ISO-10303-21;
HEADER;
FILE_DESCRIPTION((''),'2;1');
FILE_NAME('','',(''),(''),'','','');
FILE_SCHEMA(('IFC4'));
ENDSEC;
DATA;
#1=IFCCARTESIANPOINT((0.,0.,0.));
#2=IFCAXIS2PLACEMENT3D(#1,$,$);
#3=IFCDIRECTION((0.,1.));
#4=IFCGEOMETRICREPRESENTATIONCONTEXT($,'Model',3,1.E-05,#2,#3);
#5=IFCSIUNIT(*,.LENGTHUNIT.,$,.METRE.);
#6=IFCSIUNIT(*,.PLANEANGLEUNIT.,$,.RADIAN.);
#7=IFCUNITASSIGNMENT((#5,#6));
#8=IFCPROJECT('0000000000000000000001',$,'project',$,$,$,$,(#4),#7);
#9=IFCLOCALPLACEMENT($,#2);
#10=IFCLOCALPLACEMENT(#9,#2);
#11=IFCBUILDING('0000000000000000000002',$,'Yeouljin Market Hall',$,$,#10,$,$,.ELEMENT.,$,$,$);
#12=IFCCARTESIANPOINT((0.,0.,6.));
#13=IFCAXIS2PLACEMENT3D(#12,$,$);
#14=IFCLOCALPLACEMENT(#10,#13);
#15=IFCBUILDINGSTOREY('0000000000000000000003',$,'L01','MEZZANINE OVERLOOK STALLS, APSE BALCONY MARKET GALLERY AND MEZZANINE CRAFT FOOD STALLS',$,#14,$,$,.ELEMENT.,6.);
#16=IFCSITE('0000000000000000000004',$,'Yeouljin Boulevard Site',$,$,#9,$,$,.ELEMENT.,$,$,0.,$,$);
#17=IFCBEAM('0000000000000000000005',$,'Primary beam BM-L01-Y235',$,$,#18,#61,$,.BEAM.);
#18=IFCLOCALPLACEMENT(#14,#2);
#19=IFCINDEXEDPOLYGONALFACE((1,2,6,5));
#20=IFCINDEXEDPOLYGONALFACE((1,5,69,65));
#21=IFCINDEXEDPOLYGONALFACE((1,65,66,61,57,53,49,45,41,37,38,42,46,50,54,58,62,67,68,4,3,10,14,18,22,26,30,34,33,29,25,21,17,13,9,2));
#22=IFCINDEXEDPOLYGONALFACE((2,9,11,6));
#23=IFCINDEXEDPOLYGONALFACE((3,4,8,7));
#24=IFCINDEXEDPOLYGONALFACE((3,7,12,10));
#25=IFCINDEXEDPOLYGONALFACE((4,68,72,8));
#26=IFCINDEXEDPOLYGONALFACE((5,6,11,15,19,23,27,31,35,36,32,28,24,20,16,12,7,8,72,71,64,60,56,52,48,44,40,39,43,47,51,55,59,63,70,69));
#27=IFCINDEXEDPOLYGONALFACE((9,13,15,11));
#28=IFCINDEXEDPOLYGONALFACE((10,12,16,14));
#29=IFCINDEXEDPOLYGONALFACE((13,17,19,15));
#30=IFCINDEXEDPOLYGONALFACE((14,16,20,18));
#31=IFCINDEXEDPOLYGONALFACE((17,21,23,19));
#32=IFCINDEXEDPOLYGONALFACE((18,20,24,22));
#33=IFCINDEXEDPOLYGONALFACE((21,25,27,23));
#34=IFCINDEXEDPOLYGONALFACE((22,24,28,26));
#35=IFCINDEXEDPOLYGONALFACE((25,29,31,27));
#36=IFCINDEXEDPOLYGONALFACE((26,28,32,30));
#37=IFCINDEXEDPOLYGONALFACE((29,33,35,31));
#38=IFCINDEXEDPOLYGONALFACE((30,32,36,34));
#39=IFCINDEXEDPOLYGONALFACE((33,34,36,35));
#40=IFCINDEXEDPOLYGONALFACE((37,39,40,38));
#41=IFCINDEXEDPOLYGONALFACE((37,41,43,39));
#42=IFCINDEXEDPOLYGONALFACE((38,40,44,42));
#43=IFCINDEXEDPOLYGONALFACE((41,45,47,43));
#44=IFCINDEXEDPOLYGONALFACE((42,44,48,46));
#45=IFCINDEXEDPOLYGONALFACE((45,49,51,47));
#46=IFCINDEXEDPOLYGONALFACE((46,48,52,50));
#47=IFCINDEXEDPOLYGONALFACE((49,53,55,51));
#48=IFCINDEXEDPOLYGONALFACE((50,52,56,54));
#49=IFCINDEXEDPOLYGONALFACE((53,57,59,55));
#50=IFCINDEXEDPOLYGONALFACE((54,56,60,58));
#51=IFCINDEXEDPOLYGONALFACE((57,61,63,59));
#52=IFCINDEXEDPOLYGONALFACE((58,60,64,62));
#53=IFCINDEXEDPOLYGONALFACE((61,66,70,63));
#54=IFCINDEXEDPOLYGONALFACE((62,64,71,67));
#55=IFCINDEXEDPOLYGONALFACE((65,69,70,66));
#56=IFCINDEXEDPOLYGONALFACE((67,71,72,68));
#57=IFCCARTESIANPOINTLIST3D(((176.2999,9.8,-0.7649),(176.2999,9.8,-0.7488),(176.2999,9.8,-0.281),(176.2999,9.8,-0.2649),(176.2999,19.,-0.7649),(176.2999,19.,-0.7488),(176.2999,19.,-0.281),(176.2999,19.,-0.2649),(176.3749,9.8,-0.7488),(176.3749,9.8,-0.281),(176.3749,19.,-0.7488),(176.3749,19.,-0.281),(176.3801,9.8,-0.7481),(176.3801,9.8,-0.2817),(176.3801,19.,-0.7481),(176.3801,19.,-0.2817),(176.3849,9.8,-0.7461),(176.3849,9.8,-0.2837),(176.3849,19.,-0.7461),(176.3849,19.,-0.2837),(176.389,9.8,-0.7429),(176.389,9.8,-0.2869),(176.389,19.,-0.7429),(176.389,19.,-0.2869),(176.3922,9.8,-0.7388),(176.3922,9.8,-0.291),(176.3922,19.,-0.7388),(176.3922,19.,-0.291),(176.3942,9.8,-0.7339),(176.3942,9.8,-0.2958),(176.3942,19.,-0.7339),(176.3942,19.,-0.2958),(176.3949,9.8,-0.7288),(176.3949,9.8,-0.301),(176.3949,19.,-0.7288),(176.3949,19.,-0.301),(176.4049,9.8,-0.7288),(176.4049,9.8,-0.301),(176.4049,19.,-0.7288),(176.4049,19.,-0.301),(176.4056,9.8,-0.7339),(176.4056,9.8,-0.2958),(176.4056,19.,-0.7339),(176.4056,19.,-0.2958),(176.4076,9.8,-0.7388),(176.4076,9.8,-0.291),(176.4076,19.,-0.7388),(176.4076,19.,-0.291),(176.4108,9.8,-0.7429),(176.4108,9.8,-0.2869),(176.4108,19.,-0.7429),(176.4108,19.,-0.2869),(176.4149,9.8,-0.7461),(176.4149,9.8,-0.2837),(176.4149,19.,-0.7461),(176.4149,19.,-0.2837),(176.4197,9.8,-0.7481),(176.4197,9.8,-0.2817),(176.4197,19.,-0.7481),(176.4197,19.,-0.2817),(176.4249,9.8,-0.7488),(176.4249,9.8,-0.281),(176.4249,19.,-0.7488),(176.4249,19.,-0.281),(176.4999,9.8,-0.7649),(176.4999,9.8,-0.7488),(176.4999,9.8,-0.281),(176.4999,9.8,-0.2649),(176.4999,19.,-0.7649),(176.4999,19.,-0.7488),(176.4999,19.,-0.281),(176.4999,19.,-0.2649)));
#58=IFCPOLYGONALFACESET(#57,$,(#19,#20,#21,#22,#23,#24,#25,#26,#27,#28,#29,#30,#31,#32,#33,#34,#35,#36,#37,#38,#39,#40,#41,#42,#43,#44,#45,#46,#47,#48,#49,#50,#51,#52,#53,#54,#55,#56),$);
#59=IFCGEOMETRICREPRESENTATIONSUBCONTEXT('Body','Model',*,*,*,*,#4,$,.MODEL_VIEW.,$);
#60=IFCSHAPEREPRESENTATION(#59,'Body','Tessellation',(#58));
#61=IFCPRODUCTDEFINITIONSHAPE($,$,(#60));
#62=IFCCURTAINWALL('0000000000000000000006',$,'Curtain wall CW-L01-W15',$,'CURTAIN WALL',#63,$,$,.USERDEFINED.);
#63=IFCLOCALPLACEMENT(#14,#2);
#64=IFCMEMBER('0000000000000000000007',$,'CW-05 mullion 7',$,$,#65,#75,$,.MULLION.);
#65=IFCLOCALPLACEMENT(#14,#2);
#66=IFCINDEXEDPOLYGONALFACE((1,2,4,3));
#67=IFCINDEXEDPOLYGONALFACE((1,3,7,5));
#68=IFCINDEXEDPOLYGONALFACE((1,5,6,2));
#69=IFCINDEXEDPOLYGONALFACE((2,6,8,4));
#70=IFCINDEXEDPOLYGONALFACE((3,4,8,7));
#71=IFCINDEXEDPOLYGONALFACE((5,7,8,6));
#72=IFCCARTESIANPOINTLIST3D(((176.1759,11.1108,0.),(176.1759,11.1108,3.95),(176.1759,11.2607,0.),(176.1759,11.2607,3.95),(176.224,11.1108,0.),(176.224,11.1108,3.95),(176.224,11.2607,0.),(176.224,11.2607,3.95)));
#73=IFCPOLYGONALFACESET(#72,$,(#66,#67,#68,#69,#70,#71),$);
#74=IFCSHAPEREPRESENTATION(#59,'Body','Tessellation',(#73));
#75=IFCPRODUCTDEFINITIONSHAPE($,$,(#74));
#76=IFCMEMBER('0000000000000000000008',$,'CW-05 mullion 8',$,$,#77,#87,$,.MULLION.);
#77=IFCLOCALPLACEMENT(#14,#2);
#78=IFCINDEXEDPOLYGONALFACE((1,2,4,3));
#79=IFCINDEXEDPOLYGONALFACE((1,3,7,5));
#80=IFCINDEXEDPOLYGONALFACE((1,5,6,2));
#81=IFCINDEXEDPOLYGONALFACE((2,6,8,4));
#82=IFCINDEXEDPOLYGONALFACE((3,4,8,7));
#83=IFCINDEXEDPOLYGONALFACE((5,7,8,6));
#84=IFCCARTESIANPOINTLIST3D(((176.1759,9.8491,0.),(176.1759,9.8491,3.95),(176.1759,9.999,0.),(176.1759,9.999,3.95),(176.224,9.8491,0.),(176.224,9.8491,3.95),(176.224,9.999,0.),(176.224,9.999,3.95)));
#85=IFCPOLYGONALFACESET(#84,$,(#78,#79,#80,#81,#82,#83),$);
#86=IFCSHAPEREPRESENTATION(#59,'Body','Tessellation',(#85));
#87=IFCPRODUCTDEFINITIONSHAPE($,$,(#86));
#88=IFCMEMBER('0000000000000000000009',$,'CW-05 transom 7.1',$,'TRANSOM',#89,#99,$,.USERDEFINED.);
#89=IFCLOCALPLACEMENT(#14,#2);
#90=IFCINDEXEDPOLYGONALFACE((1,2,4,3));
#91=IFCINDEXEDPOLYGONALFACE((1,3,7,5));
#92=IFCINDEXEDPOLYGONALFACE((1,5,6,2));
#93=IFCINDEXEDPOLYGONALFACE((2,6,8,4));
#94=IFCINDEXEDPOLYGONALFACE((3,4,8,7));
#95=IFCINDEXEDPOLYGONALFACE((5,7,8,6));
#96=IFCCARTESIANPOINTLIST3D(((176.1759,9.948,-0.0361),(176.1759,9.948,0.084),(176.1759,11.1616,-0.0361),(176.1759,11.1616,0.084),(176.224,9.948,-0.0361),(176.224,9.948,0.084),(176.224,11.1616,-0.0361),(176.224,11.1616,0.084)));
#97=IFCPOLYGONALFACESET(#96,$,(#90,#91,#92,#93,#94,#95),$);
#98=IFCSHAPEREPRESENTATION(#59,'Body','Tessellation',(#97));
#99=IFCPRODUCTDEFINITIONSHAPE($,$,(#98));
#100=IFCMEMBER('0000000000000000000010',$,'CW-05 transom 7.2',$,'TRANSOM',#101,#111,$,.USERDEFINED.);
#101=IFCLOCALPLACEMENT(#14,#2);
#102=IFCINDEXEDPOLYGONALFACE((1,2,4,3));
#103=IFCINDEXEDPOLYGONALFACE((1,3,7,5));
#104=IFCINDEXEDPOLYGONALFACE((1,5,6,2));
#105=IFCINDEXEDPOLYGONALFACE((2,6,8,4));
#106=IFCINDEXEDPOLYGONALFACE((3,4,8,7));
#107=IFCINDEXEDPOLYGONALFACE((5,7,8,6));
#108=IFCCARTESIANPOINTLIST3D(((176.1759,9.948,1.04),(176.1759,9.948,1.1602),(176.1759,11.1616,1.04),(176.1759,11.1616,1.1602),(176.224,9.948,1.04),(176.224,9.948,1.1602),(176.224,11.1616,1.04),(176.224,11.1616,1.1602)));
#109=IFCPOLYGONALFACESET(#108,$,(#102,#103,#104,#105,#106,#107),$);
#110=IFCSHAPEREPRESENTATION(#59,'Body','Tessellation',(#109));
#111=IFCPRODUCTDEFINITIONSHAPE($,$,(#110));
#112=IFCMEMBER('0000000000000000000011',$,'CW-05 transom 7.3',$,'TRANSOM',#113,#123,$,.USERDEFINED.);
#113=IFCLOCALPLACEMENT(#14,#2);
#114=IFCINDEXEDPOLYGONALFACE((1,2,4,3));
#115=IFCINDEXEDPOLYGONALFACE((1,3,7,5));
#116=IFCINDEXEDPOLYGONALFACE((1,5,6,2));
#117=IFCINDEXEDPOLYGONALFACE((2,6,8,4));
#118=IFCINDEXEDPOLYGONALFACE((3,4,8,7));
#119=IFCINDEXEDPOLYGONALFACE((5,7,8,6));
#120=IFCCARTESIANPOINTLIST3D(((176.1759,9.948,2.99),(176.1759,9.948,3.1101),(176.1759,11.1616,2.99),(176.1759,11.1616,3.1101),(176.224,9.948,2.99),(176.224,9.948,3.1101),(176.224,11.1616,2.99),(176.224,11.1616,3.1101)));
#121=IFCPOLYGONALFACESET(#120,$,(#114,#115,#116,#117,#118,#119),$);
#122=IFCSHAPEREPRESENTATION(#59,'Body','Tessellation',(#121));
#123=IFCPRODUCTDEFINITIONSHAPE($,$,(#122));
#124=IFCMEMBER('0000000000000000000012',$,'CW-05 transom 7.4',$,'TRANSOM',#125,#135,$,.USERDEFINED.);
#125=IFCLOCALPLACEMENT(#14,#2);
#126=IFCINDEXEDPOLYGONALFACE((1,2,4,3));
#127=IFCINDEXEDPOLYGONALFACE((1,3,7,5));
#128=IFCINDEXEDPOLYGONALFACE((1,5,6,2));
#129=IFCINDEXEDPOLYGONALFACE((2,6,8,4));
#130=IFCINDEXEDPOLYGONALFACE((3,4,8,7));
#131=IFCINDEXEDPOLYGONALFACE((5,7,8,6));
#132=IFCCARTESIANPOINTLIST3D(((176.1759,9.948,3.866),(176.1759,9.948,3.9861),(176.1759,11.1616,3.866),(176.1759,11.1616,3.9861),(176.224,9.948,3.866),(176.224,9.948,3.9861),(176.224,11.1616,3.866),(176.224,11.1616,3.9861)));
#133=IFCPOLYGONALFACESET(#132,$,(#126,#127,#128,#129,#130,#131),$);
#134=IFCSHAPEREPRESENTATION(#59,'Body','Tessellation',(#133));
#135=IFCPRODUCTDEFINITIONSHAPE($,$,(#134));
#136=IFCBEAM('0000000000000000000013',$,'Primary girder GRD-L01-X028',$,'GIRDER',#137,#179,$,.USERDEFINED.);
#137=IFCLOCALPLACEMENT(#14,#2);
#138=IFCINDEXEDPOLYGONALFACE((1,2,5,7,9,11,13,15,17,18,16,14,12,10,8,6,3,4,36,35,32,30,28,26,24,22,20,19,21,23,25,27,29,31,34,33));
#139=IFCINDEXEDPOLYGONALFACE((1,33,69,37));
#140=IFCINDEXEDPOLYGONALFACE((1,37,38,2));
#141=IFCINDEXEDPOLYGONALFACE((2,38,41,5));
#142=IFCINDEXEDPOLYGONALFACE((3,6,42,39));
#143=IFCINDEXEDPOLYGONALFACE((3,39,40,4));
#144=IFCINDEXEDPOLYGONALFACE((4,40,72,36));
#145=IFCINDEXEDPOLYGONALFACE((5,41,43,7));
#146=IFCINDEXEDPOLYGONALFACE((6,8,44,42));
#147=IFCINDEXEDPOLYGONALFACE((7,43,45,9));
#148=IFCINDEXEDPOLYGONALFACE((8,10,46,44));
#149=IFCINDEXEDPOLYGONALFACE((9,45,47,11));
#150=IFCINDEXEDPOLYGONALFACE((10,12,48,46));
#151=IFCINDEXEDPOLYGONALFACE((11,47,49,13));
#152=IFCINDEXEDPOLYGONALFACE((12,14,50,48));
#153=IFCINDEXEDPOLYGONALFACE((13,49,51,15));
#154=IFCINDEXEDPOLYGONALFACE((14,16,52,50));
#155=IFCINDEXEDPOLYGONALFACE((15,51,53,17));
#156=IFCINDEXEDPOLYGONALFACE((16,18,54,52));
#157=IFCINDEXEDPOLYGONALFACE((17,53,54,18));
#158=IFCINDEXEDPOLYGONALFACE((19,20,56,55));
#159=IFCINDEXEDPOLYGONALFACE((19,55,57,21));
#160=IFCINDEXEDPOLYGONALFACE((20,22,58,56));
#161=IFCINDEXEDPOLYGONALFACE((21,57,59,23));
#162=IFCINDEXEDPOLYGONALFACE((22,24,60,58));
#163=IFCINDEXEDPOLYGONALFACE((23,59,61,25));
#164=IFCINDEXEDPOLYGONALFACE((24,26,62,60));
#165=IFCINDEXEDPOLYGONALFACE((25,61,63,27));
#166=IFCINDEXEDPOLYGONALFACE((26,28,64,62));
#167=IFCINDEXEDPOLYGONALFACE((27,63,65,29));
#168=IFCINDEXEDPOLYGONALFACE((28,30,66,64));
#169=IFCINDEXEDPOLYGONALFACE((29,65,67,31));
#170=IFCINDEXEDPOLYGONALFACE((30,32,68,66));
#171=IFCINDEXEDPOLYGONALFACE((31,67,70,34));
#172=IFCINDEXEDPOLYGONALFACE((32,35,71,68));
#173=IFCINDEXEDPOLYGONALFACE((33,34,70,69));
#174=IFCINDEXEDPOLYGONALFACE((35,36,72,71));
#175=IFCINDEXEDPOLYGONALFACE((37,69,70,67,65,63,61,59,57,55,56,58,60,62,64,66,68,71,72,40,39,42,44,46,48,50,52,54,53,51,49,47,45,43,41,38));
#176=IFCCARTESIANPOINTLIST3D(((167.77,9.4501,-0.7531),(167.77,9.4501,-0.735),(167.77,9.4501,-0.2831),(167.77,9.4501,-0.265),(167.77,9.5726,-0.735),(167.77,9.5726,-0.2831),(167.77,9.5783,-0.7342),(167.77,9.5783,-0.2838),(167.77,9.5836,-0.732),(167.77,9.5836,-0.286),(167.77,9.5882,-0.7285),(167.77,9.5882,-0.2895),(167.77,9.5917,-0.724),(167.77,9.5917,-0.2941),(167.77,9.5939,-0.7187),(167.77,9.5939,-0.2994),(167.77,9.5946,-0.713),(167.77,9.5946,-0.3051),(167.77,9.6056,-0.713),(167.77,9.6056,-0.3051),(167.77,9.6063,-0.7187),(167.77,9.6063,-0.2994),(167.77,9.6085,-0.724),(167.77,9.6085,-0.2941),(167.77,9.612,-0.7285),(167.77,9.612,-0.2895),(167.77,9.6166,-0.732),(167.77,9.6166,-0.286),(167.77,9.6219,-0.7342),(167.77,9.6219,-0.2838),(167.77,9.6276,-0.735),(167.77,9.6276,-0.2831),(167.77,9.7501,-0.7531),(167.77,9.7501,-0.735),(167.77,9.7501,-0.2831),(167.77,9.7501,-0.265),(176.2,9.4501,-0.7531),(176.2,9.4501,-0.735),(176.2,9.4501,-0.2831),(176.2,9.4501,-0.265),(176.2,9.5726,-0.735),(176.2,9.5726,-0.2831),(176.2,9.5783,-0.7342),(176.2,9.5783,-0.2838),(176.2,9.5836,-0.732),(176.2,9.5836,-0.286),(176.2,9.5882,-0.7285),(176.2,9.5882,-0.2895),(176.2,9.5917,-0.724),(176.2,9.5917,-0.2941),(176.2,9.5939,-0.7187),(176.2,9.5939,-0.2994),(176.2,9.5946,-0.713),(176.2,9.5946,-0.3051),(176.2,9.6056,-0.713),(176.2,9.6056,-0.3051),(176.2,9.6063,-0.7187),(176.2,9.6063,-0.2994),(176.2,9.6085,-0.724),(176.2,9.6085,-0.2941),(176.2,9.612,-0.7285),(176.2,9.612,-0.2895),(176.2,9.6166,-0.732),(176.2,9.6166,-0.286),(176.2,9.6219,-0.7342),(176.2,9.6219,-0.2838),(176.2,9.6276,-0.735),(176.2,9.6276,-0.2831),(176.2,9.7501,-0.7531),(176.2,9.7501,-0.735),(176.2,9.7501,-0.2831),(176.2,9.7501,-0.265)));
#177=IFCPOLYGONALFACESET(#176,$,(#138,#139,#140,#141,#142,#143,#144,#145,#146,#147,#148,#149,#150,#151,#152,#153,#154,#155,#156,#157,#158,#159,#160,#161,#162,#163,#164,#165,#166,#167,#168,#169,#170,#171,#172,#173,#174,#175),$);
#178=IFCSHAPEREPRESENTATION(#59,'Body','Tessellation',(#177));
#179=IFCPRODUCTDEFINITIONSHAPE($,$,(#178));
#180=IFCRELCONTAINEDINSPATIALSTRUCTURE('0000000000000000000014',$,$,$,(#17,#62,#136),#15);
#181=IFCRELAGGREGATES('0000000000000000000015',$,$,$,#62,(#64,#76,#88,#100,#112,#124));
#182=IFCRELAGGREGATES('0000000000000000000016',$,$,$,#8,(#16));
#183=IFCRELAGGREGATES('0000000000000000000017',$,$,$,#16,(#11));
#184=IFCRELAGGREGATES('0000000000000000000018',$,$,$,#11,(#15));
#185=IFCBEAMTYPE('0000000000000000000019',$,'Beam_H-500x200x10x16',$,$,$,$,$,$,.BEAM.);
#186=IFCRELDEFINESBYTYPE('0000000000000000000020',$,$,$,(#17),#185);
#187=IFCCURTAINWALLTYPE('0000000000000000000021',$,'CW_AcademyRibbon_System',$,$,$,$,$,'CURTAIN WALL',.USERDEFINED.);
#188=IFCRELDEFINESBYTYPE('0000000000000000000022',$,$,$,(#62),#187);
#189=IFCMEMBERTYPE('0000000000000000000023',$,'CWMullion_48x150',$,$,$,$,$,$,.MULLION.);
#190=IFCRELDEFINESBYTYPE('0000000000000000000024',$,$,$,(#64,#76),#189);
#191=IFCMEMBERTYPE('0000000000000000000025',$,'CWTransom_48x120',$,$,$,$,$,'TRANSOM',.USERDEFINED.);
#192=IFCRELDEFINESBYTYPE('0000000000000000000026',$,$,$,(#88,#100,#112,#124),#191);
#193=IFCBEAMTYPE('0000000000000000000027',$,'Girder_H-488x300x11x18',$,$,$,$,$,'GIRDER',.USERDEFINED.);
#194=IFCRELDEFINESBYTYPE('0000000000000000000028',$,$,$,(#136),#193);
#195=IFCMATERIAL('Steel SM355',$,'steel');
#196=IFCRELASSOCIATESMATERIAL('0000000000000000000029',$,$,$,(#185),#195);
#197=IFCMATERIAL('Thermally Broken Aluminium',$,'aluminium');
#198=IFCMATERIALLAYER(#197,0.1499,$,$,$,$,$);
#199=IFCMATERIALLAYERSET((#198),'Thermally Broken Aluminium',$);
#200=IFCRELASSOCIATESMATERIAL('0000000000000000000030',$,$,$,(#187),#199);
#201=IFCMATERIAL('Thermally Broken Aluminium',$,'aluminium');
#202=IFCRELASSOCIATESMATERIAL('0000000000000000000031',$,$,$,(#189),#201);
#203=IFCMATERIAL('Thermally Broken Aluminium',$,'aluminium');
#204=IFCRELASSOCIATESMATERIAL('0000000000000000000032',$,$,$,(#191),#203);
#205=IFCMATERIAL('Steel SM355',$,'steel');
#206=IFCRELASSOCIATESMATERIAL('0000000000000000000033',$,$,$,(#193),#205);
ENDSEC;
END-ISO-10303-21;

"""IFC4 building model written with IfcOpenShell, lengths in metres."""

from ifc_helpers import new_model, si_unit, direction, frame, origin, origin_2d, place, context, subcontext, project, spatial, rectangle, i_section, extrude, material, layer, layer_set, material_profile, profile_set, type_object, element, aggregate, save


model = new_model("IFC4")

# Units and contexts
model_context = context("Model", 3, precision=1e-05, world=origin(), true_north=direction((0.0, 1.0)))
body_context = subcontext(model_context, "Body", "Model", "MODEL_VIEW")
ifc_project = project(units=[si_unit("LENGTHUNIT", "METRE"), si_unit("PLANEANGLEUNIT", "RADIAN")], contexts=[model_context])

# Site, building, storey
site_placement = place(None, origin())
site = spatial("IfcSite", under=ifc_project, at=site_placement, Name="Yeouljin Boulevard Site", CompositionType="ELEMENT", RefElevation=0.0)
building_placement = place(site_placement, origin())
building = spatial("IfcBuilding", under=site, at=building_placement, Name="Yeouljin Market Hall", CompositionType="ELEMENT")
storey_placement = place(building_placement, frame((0.0, 0.0, 6.0)))
storey = spatial("IfcBuildingStorey", under=building, at=storey_placement, Name="L01", Description="MEZZANINE OVERLOOK STALLS, APSE BALCONY MARKET GALLERY AND MEZZANINE CRAFT FOOD STALLS", CompositionType="ELEMENT", Elevation=6.0)

# Beam
ifc_material_1 = material(Name="Steel SM355", Category="steel")
ifc_material_profile_1 = material_profile(ifc_material_1, i_section(OverallWidth=0.2, OverallDepth=0.5, WebThickness=0.01, FlangeThickness=0.0161, FilletRadius=0.02, at=origin_2d()), Name="H-500x200x10x16")
ifc_profile_set_1 = profile_set([ifc_material_profile_1], Name="Steel SM355")
beam_type_1 = type_object("IfcBeamType", Name="Beam_H-500x200x10x16", PredefinedType="BEAM", material=ifc_profile_set_1)
for number, where, z_axis, x_axis, name in (
    (1, (176.3999, 9.8, -0.5149), (0.0, 1.0, 0.0), (-1.0, 0.0, 0.0), "Primary beam BM-L01-Y235"),
):
    element("IfcBeam", number, at=place(storey_placement, frame(where, z_axis=z_axis, x_axis=x_axis)), inside=storey, type_object=beam_type_1, Name=name, PredefinedType="BEAM", context=body_context, shape_type="SweptSolid", body=[
        extrude(i_section(OverallWidth=0.2, OverallDepth=0.5, WebThickness=0.01, FlangeThickness=0.0161, FilletRadius=0.02, at=origin_2d()), origin(), (0.0, 0.0, 1.0), 9.2),
    ])

# Curtain wall, members
ifc_material_2 = material(Name="Thermally Broken Aluminium", Category="aluminium")
ifc_layer_1 = layer(ifc_material_2, 0.1499)
ifc_layer_set_1 = layer_set([ifc_layer_1], Name="Thermally Broken Aluminium")
curtain_wall_type = type_object("IfcCurtainWallType", Name="CW_AcademyRibbon_System", ElementType="CURTAIN WALL", PredefinedType="USERDEFINED", material=ifc_layer_set_1)
curtain_wall_placement = place(storey_placement, origin())
curtain_wall = element("IfcCurtainWall", 2, at=curtain_wall_placement, inside=storey, type_object=curtain_wall_type, Name="Curtain wall CW-L01-W15", ObjectType="CURTAIN WALL", PredefinedType="USERDEFINED")
ifc_material_3 = material(Name="Thermally Broken Aluminium", Category="aluminium")
ifc_material_profile_2 = material_profile(ifc_material_3, rectangle(XDim=0.0481, YDim=0.1499, at=origin_2d()), Name="CW-MULL-48x150")
ifc_profile_set_2 = profile_set([ifc_material_profile_2], Name="Thermally Broken Aluminium")
member_type_1 = type_object("IfcMemberType", Name="CWMullion_48x150", PredefinedType="MULLION", material=ifc_profile_set_2)
member_1_placement = place(storey_placement, frame((176.2, 11.1858, 0.0), z_axis=(0.0, 0.0, 1.0), x_axis=(1.0, 0.0, 0.0)))
member_1 = element("IfcMember", 3, at=member_1_placement, type_object=member_type_1, Name="CW-05 mullion 7", PredefinedType="MULLION", context=body_context, shape_type="SweptSolid", body=[
    extrude(rectangle(XDim=0.0481, YDim=0.1499, at=origin_2d()), origin(), (0.0, 0.0, 1.0), 3.95),
])
member_2_placement = place(storey_placement, frame((176.2, 9.9241, 0.0), z_axis=(0.0, 0.0, 1.0), x_axis=(1.0, 0.0, 0.0)))
member_2 = element("IfcMember", 4, at=member_2_placement, type_object=member_type_1, Name="CW-05 mullion 8", PredefinedType="MULLION", context=body_context, shape_type="SweptSolid", body=[
    extrude(rectangle(XDim=0.0481, YDim=0.1499, at=origin_2d()), origin(), (0.0, 0.0, 1.0), 3.95),
])
ifc_material_4 = material(Name="Thermally Broken Aluminium", Category="aluminium")
ifc_material_profile_3 = material_profile(ifc_material_4, rectangle(XDim=0.0481, YDim=0.1201, at=origin_2d()), Name="CW-TRAN-48x120")
ifc_profile_set_3 = profile_set([ifc_material_profile_3], Name="Thermally Broken Aluminium")
member_type_2 = type_object("IfcMemberType", Name="CWTransom_48x120", ElementType="TRANSOM", PredefinedType="USERDEFINED", material=ifc_profile_set_3)
member_3_placement = place(storey_placement, frame((176.2, 11.1616, 0.0239), z_axis=(0.0, -1.0, 0.0), x_axis=(1.0, 0.0, 0.0)))
member_3 = element("IfcMember", 5, at=member_3_placement, type_object=member_type_2, Name="CW-05 transom 7.1", ObjectType="TRANSOM", PredefinedType="USERDEFINED", context=body_context, shape_type="SweptSolid", body=[
    extrude(rectangle(XDim=0.0481, YDim=0.1201, at=origin_2d()), origin(), (0.0, 0.0, 1.0), 1.2136),
])
member_4_placement = place(storey_placement, frame((176.2, 11.1616, 1.1001), z_axis=(0.0, -1.0, 0.0), x_axis=(1.0, 0.0, 0.0)))
member_4 = element("IfcMember", 6, at=member_4_placement, type_object=member_type_2, Name="CW-05 transom 7.2", ObjectType="TRANSOM", PredefinedType="USERDEFINED", context=body_context, shape_type="SweptSolid", body=[
    extrude(rectangle(XDim=0.0481, YDim=0.1201, at=origin_2d()), origin(), (0.0, 0.0, 1.0), 1.2136),
])
member_5_placement = place(storey_placement, frame((176.2, 11.1616, 3.05), z_axis=(0.0, -1.0, 0.0), x_axis=(1.0, 0.0, 0.0)))
member_5 = element("IfcMember", 7, at=member_5_placement, type_object=member_type_2, Name="CW-05 transom 7.3", ObjectType="TRANSOM", PredefinedType="USERDEFINED", context=body_context, shape_type="SweptSolid", body=[
    extrude(rectangle(XDim=0.0481, YDim=0.1201, at=origin_2d()), origin(), (0.0, 0.0, 1.0), 1.2136),
])
member_6_placement = place(storey_placement, frame((176.2, 11.1616, 3.926), z_axis=(0.0, -1.0, 0.0), x_axis=(1.0, 0.0, 0.0)))
member_6 = element("IfcMember", 8, at=member_6_placement, type_object=member_type_2, Name="CW-05 transom 7.4", ObjectType="TRANSOM", PredefinedType="USERDEFINED", context=body_context, shape_type="SweptSolid", body=[
    extrude(rectangle(XDim=0.0481, YDim=0.1201, at=origin_2d()), origin(), (0.0, 0.0, 1.0), 1.2136),
])

# Beam
ifc_material_5 = material(Name="Steel SM355", Category="steel")
ifc_material_profile_4 = material_profile(ifc_material_5, i_section(OverallWidth=0.3, OverallDepth=0.488, WebThickness=0.011, FlangeThickness=0.0181, FilletRadius=0.022, at=origin_2d()), Name="H-488x300x11x18")
ifc_profile_set_4 = profile_set([ifc_material_profile_4], Name="Steel SM355")
beam_type_2 = type_object("IfcBeamType", Name="Girder_H-488x300x11x18", ElementType="GIRDER", PredefinedType="USERDEFINED", material=ifc_profile_set_4)
beam_placement = place(storey_placement, frame((167.77, 9.6001, -0.509), z_axis=(1.0, 0.0, 0.0), x_axis=(0.0, 1.0, 0.0)))
element("IfcBeam", 9, at=beam_placement, inside=storey, type_object=beam_type_2, Name="Primary girder GRD-L01-X028", ObjectType="GIRDER", PredefinedType="USERDEFINED", context=body_context, shape_type="SweptSolid", body=[
    extrude(i_section(OverallWidth=0.3, OverallDepth=0.488, WebThickness=0.011, FlangeThickness=0.0181, FilletRadius=0.022, at=origin_2d()), origin(), (0.0, 0.0, 1.0), 8.4299),
])

aggregate(curtain_wall, [member_1, member_2, member_3, member_4, member_5, member_6])

save(model, "model.ifc")
